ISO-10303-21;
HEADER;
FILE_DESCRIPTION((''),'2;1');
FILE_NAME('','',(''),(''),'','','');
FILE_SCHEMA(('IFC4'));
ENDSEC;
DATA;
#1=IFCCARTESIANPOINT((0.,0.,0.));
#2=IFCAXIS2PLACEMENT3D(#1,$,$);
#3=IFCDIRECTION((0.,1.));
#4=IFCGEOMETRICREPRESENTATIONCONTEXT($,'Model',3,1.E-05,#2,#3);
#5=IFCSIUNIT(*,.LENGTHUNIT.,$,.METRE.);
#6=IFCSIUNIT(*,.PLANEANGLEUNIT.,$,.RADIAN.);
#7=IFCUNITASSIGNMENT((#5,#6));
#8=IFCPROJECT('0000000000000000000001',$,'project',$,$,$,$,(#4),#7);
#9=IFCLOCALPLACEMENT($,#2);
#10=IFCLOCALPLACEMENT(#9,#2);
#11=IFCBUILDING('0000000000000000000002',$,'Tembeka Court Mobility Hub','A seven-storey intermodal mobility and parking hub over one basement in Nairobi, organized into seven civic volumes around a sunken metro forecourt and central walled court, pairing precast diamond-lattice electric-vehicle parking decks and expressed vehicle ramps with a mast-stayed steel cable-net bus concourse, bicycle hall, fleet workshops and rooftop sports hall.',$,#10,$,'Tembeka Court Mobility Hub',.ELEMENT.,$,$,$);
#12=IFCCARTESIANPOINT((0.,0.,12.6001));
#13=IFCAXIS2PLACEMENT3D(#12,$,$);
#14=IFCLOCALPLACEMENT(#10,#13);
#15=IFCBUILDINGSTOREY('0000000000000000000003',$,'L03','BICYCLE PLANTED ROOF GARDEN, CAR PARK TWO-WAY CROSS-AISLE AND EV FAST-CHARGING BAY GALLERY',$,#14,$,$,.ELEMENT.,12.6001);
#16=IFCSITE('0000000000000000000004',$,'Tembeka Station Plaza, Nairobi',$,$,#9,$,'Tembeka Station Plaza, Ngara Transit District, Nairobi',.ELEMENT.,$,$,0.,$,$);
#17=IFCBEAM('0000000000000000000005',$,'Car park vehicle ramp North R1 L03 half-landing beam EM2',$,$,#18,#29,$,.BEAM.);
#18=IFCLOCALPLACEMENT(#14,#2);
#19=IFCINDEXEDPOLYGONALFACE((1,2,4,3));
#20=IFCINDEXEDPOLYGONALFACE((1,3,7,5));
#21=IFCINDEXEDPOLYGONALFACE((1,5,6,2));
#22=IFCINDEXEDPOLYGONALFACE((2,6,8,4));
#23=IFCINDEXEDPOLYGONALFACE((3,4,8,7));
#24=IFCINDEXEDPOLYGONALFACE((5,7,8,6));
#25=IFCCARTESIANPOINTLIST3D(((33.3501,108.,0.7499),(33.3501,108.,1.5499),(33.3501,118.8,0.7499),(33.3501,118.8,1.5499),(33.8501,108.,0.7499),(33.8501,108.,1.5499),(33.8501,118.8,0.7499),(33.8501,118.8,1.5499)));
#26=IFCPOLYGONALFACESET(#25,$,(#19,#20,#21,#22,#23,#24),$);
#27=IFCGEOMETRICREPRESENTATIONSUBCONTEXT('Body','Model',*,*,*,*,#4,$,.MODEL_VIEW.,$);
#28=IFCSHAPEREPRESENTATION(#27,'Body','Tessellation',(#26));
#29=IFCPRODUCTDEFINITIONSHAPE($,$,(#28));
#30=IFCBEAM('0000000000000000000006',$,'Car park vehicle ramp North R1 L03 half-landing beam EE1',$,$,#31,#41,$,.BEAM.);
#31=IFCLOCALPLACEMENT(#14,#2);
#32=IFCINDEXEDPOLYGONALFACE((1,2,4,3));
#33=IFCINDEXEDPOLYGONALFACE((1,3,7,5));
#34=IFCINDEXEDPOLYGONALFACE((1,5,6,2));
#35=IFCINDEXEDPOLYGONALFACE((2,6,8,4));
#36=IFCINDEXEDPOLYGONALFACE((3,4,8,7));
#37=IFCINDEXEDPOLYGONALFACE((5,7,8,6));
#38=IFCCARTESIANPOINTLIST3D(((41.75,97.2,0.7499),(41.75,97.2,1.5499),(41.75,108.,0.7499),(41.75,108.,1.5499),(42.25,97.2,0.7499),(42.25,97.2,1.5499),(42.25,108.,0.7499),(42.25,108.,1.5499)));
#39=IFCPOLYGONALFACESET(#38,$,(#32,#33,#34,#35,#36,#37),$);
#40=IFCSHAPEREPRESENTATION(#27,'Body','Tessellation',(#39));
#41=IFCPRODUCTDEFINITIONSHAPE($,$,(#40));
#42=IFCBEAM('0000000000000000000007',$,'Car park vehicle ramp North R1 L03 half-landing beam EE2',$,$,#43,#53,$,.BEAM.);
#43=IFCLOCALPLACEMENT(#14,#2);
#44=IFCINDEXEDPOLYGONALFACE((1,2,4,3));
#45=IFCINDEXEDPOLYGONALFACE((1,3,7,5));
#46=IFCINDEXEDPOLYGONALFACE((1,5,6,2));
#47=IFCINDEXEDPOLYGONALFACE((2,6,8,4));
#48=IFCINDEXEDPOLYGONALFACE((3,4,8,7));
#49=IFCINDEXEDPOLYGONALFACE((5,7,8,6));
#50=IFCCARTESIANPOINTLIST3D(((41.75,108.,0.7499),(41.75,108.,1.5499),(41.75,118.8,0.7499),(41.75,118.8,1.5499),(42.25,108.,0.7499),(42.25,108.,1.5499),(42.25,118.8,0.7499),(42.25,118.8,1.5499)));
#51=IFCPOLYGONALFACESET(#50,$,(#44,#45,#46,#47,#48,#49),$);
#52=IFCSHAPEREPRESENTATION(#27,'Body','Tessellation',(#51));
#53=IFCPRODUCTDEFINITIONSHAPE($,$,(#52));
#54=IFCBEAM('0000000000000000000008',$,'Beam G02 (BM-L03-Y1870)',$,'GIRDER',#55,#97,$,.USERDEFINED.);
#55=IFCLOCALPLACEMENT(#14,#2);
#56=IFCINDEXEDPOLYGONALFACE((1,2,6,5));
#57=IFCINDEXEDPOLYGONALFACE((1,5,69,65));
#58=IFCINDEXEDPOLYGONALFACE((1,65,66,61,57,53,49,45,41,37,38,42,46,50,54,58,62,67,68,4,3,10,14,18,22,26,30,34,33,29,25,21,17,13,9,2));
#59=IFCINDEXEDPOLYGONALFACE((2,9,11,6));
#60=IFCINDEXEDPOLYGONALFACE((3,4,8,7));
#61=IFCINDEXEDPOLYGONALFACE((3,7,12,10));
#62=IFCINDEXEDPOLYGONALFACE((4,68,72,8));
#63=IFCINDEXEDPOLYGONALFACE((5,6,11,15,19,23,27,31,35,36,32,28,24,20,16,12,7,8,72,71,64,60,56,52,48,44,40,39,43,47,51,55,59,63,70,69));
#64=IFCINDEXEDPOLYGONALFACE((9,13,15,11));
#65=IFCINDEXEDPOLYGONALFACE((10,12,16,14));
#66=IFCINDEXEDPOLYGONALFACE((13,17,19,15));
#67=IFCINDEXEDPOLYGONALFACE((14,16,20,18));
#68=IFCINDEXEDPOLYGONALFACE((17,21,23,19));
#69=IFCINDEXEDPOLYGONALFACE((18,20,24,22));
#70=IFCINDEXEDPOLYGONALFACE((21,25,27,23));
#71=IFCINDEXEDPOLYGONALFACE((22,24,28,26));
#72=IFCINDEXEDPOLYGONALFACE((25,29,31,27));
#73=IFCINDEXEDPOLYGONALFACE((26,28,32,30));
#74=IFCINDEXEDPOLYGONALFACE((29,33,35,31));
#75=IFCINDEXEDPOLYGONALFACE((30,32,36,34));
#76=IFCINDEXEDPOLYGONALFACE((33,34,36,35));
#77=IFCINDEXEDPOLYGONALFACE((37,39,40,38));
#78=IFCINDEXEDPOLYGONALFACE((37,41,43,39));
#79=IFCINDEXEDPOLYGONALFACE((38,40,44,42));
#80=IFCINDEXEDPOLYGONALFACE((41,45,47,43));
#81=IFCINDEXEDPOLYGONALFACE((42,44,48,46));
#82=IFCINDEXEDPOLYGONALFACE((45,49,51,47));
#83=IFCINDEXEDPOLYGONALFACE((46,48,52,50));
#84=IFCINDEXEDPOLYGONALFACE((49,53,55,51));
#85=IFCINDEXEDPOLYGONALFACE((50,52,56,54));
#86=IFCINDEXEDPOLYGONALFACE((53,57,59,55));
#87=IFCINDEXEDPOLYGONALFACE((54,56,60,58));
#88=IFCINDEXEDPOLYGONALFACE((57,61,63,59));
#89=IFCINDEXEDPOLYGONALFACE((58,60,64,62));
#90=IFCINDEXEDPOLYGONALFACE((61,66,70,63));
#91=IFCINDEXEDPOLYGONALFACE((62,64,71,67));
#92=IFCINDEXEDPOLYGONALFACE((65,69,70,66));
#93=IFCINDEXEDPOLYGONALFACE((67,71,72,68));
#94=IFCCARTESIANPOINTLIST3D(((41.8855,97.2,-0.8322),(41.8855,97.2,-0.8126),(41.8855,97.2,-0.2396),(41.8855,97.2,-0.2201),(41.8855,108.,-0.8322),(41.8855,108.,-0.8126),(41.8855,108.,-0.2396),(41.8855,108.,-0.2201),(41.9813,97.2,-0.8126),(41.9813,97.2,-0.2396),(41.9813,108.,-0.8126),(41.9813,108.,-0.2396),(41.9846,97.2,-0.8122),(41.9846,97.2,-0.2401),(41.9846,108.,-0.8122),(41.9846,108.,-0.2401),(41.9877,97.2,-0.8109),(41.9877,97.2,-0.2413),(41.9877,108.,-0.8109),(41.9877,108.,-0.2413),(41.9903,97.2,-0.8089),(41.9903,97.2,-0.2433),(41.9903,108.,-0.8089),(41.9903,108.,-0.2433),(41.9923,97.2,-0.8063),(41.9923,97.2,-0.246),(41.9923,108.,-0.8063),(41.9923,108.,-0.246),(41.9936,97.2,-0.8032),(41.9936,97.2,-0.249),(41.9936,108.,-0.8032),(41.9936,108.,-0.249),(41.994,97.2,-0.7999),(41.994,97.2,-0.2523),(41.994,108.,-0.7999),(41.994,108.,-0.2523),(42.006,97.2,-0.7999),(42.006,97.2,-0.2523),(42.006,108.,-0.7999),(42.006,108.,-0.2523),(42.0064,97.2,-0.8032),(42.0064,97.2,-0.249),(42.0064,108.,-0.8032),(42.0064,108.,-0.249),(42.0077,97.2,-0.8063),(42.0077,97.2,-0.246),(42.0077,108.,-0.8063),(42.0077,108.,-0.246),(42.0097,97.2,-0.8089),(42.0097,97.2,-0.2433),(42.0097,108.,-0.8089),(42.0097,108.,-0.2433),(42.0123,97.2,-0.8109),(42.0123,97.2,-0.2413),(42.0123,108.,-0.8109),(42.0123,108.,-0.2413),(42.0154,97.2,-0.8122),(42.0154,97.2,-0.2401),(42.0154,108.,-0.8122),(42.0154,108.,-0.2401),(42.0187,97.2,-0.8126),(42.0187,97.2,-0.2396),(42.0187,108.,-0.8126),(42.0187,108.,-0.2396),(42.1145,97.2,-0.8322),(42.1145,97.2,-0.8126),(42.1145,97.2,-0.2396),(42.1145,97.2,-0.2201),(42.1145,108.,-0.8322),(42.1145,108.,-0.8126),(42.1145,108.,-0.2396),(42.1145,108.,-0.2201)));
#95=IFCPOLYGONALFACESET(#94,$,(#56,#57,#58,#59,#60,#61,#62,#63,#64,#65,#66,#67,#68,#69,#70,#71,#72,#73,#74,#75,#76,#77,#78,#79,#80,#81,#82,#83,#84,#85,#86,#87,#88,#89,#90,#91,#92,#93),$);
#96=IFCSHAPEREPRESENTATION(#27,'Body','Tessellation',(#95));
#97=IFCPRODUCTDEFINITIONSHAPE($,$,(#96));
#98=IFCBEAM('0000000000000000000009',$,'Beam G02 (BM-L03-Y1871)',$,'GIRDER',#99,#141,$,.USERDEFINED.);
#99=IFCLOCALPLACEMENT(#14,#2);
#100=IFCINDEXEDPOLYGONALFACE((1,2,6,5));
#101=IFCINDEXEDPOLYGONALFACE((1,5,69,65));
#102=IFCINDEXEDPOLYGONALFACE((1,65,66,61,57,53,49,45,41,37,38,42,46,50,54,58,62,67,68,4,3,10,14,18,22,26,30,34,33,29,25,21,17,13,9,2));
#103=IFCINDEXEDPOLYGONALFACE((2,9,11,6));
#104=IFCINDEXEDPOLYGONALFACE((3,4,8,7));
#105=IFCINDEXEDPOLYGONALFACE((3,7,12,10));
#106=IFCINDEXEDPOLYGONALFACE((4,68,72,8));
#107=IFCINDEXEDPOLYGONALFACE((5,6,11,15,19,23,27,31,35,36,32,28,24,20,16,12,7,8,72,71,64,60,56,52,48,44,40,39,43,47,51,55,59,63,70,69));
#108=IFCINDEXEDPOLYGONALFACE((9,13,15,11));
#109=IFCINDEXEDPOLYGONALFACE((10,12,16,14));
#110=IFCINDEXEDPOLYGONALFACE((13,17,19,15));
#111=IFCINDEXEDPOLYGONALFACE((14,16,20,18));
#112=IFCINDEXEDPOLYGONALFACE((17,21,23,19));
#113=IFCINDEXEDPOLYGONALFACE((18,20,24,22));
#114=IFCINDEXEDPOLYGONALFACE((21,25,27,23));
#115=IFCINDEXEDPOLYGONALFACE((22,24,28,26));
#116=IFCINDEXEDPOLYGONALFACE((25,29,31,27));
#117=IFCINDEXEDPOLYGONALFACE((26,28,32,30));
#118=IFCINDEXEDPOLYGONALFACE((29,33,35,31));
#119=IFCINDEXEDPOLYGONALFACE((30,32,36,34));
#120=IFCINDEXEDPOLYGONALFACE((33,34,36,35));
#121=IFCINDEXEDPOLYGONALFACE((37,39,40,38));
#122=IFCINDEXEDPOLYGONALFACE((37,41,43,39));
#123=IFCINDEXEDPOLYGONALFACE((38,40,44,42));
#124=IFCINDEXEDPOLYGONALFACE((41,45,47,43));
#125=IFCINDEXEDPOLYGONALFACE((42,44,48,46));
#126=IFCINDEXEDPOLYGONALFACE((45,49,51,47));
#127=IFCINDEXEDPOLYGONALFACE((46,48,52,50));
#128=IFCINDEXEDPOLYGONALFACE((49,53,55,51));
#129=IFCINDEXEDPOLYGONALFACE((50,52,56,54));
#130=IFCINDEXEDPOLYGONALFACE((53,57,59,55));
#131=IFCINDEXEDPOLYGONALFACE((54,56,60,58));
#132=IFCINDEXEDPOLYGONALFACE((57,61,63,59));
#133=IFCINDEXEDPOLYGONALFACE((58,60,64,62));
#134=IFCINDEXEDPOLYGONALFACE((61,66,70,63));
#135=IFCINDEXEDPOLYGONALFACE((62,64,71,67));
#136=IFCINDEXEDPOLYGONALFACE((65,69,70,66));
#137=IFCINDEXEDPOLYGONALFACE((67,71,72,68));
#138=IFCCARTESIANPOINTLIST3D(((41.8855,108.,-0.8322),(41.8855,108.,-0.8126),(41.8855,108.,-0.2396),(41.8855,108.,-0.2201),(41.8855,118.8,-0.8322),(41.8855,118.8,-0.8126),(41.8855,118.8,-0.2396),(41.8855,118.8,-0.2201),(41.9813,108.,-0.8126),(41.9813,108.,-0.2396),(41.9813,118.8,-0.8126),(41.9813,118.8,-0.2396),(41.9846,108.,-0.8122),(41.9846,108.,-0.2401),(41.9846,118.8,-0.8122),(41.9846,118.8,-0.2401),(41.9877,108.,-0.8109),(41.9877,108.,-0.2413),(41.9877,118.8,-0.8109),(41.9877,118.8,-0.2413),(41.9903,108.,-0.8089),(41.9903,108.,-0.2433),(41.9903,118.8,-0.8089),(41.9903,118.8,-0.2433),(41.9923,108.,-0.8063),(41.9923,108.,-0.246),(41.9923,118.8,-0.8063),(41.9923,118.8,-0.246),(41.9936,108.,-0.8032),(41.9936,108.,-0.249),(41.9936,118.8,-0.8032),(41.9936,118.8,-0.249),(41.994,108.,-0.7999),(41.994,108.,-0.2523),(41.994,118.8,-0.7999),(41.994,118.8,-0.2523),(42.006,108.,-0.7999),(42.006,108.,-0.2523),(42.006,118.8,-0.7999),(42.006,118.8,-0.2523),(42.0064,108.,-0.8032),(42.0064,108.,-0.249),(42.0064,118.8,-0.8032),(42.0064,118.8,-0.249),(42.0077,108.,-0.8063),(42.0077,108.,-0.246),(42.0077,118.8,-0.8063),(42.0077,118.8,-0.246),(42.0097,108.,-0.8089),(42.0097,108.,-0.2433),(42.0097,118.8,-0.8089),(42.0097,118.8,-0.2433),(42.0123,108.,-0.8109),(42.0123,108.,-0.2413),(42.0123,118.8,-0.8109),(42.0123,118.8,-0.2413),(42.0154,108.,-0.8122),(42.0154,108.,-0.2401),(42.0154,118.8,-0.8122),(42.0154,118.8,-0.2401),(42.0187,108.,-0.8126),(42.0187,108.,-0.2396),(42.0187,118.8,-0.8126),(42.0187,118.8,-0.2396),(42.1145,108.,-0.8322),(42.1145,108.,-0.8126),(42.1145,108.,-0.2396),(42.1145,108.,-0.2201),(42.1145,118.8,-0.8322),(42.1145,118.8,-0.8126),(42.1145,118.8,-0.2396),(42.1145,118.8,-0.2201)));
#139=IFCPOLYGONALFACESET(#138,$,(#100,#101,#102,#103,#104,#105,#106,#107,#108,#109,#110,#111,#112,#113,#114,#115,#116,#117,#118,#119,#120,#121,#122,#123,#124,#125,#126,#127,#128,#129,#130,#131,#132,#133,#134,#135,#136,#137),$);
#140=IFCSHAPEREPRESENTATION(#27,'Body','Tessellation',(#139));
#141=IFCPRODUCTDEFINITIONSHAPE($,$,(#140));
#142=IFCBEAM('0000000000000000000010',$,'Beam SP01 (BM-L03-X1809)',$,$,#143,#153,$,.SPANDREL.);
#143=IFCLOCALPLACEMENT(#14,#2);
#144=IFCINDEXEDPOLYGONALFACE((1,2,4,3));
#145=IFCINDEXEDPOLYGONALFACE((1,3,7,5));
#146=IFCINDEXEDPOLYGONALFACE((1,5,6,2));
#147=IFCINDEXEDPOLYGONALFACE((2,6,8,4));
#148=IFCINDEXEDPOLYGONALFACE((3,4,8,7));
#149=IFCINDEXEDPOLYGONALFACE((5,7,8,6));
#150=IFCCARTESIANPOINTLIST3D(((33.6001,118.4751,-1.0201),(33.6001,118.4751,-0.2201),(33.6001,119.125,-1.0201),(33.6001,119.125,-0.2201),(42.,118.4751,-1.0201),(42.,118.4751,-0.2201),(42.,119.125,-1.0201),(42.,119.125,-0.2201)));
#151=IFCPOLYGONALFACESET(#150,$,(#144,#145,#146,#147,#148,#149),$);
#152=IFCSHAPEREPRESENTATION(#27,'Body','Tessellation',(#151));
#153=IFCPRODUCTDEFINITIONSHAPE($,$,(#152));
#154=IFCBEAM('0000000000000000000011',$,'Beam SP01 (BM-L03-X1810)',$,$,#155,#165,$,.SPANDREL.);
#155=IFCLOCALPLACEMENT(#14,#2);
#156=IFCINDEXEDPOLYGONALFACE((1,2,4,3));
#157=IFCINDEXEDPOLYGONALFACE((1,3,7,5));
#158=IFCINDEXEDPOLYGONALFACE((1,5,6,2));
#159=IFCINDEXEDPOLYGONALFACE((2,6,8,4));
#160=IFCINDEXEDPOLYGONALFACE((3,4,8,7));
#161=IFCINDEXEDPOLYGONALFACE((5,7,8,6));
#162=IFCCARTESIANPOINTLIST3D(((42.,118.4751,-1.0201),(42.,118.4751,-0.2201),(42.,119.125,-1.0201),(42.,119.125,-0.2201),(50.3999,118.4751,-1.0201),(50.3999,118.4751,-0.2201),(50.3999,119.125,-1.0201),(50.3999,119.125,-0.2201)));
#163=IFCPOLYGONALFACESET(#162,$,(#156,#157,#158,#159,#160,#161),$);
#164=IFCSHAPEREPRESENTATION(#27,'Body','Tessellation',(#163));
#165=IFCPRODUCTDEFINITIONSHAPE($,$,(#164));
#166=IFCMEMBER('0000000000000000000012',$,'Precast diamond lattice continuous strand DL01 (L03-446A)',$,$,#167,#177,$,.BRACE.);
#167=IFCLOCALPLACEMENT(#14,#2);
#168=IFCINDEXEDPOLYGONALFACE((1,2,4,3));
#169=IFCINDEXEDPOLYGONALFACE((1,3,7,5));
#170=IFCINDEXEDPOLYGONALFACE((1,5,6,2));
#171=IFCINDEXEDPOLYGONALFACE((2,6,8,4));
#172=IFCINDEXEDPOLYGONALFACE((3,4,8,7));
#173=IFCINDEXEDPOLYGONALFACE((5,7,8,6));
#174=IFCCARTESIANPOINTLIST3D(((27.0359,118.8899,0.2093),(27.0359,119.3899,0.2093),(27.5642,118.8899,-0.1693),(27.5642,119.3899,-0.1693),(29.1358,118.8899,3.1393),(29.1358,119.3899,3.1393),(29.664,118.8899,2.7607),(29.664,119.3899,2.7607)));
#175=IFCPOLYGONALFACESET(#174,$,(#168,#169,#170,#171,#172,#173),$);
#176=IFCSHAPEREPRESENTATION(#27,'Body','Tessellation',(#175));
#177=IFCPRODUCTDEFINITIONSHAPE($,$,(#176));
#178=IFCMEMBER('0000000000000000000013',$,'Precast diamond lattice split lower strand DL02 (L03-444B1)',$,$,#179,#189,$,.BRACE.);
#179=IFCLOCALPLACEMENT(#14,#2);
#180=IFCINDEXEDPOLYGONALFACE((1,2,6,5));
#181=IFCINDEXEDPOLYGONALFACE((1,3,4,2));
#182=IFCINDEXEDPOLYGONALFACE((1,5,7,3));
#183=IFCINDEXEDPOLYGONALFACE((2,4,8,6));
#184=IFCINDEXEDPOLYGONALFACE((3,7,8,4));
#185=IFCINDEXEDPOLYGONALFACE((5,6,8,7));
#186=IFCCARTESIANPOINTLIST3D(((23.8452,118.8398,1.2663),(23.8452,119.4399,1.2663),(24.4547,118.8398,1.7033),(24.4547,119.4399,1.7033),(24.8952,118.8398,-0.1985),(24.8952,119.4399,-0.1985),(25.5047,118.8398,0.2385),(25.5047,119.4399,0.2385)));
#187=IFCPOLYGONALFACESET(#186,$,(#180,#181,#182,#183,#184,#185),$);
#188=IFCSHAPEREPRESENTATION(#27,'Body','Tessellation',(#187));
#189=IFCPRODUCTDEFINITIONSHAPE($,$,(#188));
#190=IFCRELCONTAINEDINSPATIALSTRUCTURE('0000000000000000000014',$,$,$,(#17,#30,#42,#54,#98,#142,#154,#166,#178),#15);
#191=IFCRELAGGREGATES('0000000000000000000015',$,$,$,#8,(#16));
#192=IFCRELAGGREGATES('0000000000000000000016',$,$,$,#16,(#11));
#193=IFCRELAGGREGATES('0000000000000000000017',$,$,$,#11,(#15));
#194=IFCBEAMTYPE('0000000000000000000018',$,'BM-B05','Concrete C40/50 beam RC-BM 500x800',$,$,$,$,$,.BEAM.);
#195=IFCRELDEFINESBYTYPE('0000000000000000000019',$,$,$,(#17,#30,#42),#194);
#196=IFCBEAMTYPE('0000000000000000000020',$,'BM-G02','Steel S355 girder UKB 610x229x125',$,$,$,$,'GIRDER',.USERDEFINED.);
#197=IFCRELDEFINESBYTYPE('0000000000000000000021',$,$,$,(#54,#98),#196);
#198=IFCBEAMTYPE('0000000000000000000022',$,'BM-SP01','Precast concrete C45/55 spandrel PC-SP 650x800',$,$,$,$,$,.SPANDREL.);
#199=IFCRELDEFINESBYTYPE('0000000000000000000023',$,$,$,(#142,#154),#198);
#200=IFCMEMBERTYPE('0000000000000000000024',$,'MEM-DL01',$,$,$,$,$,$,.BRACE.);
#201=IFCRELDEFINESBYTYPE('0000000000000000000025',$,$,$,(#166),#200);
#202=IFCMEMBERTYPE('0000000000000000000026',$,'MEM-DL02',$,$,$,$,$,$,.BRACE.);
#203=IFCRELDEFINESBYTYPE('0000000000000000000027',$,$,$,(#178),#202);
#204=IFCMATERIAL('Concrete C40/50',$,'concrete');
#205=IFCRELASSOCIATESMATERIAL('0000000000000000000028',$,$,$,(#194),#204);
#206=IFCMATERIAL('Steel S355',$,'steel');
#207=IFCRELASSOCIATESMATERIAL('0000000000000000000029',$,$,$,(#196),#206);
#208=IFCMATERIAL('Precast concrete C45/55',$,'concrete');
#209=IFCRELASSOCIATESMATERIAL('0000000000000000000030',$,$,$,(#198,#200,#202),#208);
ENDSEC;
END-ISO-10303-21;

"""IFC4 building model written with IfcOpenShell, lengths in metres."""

from ifc_helpers import new_model, si_unit, direction, frame, origin, origin_2d, place, context, subcontext, project, spatial, rectangle, i_section, extrude, material, material_profile, profile_set, type_object, element, save


model = new_model("IFC4")

# Units and contexts
model_context = context("Model", 3, precision=1e-05, world=origin(), true_north=direction((0.0, 1.0)))
body_context = subcontext(model_context, "Body", "Model", "MODEL_VIEW")
ifc_project = project(units=[si_unit("LENGTHUNIT", "METRE"), si_unit("PLANEANGLEUNIT", "RADIAN")], contexts=[model_context])

# Site, building, storey
site_placement = place(None, origin())
site = spatial("IfcSite", under=ifc_project, at=site_placement, Name="Tembeka Station Plaza, Nairobi", LongName="Tembeka Station Plaza, Ngara Transit District, Nairobi", CompositionType="ELEMENT", RefElevation=0.0)
building_placement = place(site_placement, origin())
building = spatial("IfcBuilding", under=site, at=building_placement, Name="Tembeka Court Mobility Hub", Description="A seven-storey intermodal mobility and parking hub over one basement in Nairobi, organized into seven civic volumes around a sunken metro forecourt and central walled court, pairing precast diamond-lattice electric-vehicle parking decks and expressed vehicle ramps with a mast-stayed steel cable-net bus concourse, bicycle hall, fleet workshops and rooftop sports hall.", LongName="Tembeka Court Mobility Hub", CompositionType="ELEMENT")
storey_placement = place(building_placement, frame((0.0, 0.0, 12.6001)))
storey = spatial("IfcBuildingStorey", under=building, at=storey_placement, Name="L03", Description="BICYCLE PLANTED ROOF GARDEN, CAR PARK TWO-WAY CROSS-AISLE AND EV FAST-CHARGING BAY GALLERY", CompositionType="ELEMENT", Elevation=12.6001)

# Shared definitions
ifc_material_1 = material(Name="Steel S355", Category="steel")

# Beams
ifc_material_2 = material(Name="Concrete C40/50", Category="concrete")
ifc_material_profile_1 = material_profile(ifc_material_2, rectangle(XDim=0.5, YDim=0.8, at=origin_2d()), Name="RC-BM 500x800")
ifc_profile_set_1 = profile_set([ifc_material_profile_1], Name="Concrete C40/50")
beam_type_1 = type_object("IfcBeamType", Name="BM-B05", Description="Concrete C40/50 beam RC-BM 500x800", PredefinedType="BEAM", material=ifc_profile_set_1)
for number, where, z_axis, x_axis, name in (
    (1, (33.6001, 108.0, 1.1499), (0.0, 1.0, 0.0), (-1.0, 0.0, 0.0), "Car park vehicle ramp North R1 L03 half-landing beam EM2"),
    (2, (42.0, 97.2, 1.1499), (0.0, 1.0, 0.0), (-1.0, 0.0, 0.0), "Car park vehicle ramp North R1 L03 half-landing beam EE1"),
    (3, (42.0, 108.0, 1.1499), (0.0, 1.0, 0.0), (-1.0, 0.0, 0.0), "Car park vehicle ramp North R1 L03 half-landing beam EE2"),
):
    element("IfcBeam", number, at=place(storey_placement, frame(where, z_axis=z_axis, x_axis=x_axis)), inside=storey, type_object=beam_type_1, Name=name, PredefinedType="BEAM", context=body_context, shape_type="SweptSolid", body=[
        extrude(rectangle(XDim=0.5, YDim=0.8, at=origin_2d()), origin(), (0.0, 0.0, 1.0), 10.8),
    ])
ifc_material_profile_2 = material_profile(ifc_material_1, i_section(OverallWidth=0.229, OverallDepth=0.6121, WebThickness=0.012, FlangeThickness=0.0195, FilletRadius=0.0127, at=origin_2d()), Name="UKB 610x229x125")
ifc_profile_set_2 = profile_set([ifc_material_profile_2], Name="Steel S355")
beam_type_2 = type_object("IfcBeamType", Name="BM-G02", Description="Steel S355 girder UKB 610x229x125", ElementType="GIRDER", PredefinedType="USERDEFINED", material=ifc_profile_set_2)
for number, where, z_axis, x_axis, name in (
    (4, (42.0, 97.2, -0.5261), (0.0, 1.0, 0.0), (-1.0, 0.0, 0.0), "Beam G02 (BM-L03-Y1870)"),
    (5, (42.0, 108.0, -0.5261), (0.0, 1.0, 0.0), (-1.0, 0.0, 0.0), "Beam G02 (BM-L03-Y1871)"),
):
    element("IfcBeam", number, at=place(storey_placement, frame(where, z_axis=z_axis, x_axis=x_axis)), inside=storey, type_object=beam_type_2, Name=name, ObjectType="GIRDER", PredefinedType="USERDEFINED", context=body_context, shape_type="SweptSolid", body=[
        extrude(i_section(OverallWidth=0.229, OverallDepth=0.6121, WebThickness=0.012, FlangeThickness=0.0195, FilletRadius=0.0127, at=origin_2d()), origin(), (0.0, 0.0, 1.0), 10.8),
    ])
ifc_material_3 = material(Name="Precast concrete C45/55", Category="concrete")
ifc_material_profile_3 = material_profile(ifc_material_3, rectangle(XDim=0.6499, YDim=0.8, at=origin_2d()), Name="PC-SP 650x800")
ifc_profile_set_3 = profile_set([ifc_material_profile_3], Name="Precast concrete C45/55")
beam_type_3 = type_object("IfcBeamType", Name="BM-SP01", Description="Precast concrete C45/55 spandrel PC-SP 650x800", PredefinedType="SPANDREL", material=ifc_profile_set_3)
for number, where, z_axis, x_axis, name in (
    (6, (33.6001, 118.8, -0.6201), (1.0, 0.0, 0.0), (0.0, 1.0, 0.0), "Beam SP01 (BM-L03-X1809)"),
    (7, (42.0, 118.8, -0.6201), (1.0, 0.0, 0.0), (0.0, 1.0, 0.0), "Beam SP01 (BM-L03-X1810)"),
):
    element("IfcBeam", number, at=place(storey_placement, frame(where, z_axis=z_axis, x_axis=x_axis)), inside=storey, type_object=beam_type_3, Name=name, PredefinedType="SPANDREL", context=body_context, shape_type="SweptSolid", body=[
        extrude(rectangle(XDim=0.6499, YDim=0.8, at=origin_2d()), origin(), (0.0, 0.0, 1.0), 8.3999),
    ])

# Members
ifc_material_profile_4 = material_profile(ifc_material_3, rectangle(XDim=0.5, YDim=0.6499, at=origin_2d()), Name="PC-DIAG 500x650")
ifc_profile_set_4 = profile_set([ifc_material_profile_4], Name="Precast concrete C45/55")
member_type_1 = type_object("IfcMemberType", Name="MEM-DL01", PredefinedType="BRACE", material=ifc_profile_set_4)
member_1_placement = place(storey_placement, frame((27.3, 119.1399, 0.02), z_axis=(0.582532, 0.0, 0.812808), x_axis=(0.0, 1.0, 0.0)))
element("IfcMember", 8, at=member_1_placement, inside=storey, type_object=member_type_1, Name="Precast diamond lattice continuous strand DL01 (L03-446A)", PredefinedType="BRACE", context=body_context, shape_type="SweptSolid", body=[
    extrude(rectangle(XDim=0.5, YDim=0.6499, at=origin_2d()), origin(), (0.0, 0.0, 1.0), 3.6047),
])
ifc_material_profile_5 = material_profile(ifc_material_3, rectangle(XDim=0.6001, YDim=0.75, at=origin_2d()), Name="PC-DIAG 600x750")
ifc_profile_set_5 = profile_set([ifc_material_profile_5], Name="Precast concrete C45/55")
member_type_2 = type_object("IfcMemberType", Name="MEM-DL02", PredefinedType="BRACE", material=ifc_profile_set_5)
member_2_placement = place(storey_placement, frame((25.2, 119.1399, 0.02), z_axis=(-0.582608, 0.0, 0.812753), x_axis=(0.0, -1.0, 0.0)))
element("IfcMember", 9, at=member_2_placement, inside=storey, type_object=member_type_2, Name="Precast diamond lattice split lower strand DL02 (L03-444B1)", PredefinedType="BRACE", context=body_context, shape_type="SweptSolid", body=[
    extrude(rectangle(XDim=0.6001, YDim=0.75, at=origin_2d()), origin(), (0.0, 0.0, 1.0), 1.8022),
])

save(model, "model.ifc")
